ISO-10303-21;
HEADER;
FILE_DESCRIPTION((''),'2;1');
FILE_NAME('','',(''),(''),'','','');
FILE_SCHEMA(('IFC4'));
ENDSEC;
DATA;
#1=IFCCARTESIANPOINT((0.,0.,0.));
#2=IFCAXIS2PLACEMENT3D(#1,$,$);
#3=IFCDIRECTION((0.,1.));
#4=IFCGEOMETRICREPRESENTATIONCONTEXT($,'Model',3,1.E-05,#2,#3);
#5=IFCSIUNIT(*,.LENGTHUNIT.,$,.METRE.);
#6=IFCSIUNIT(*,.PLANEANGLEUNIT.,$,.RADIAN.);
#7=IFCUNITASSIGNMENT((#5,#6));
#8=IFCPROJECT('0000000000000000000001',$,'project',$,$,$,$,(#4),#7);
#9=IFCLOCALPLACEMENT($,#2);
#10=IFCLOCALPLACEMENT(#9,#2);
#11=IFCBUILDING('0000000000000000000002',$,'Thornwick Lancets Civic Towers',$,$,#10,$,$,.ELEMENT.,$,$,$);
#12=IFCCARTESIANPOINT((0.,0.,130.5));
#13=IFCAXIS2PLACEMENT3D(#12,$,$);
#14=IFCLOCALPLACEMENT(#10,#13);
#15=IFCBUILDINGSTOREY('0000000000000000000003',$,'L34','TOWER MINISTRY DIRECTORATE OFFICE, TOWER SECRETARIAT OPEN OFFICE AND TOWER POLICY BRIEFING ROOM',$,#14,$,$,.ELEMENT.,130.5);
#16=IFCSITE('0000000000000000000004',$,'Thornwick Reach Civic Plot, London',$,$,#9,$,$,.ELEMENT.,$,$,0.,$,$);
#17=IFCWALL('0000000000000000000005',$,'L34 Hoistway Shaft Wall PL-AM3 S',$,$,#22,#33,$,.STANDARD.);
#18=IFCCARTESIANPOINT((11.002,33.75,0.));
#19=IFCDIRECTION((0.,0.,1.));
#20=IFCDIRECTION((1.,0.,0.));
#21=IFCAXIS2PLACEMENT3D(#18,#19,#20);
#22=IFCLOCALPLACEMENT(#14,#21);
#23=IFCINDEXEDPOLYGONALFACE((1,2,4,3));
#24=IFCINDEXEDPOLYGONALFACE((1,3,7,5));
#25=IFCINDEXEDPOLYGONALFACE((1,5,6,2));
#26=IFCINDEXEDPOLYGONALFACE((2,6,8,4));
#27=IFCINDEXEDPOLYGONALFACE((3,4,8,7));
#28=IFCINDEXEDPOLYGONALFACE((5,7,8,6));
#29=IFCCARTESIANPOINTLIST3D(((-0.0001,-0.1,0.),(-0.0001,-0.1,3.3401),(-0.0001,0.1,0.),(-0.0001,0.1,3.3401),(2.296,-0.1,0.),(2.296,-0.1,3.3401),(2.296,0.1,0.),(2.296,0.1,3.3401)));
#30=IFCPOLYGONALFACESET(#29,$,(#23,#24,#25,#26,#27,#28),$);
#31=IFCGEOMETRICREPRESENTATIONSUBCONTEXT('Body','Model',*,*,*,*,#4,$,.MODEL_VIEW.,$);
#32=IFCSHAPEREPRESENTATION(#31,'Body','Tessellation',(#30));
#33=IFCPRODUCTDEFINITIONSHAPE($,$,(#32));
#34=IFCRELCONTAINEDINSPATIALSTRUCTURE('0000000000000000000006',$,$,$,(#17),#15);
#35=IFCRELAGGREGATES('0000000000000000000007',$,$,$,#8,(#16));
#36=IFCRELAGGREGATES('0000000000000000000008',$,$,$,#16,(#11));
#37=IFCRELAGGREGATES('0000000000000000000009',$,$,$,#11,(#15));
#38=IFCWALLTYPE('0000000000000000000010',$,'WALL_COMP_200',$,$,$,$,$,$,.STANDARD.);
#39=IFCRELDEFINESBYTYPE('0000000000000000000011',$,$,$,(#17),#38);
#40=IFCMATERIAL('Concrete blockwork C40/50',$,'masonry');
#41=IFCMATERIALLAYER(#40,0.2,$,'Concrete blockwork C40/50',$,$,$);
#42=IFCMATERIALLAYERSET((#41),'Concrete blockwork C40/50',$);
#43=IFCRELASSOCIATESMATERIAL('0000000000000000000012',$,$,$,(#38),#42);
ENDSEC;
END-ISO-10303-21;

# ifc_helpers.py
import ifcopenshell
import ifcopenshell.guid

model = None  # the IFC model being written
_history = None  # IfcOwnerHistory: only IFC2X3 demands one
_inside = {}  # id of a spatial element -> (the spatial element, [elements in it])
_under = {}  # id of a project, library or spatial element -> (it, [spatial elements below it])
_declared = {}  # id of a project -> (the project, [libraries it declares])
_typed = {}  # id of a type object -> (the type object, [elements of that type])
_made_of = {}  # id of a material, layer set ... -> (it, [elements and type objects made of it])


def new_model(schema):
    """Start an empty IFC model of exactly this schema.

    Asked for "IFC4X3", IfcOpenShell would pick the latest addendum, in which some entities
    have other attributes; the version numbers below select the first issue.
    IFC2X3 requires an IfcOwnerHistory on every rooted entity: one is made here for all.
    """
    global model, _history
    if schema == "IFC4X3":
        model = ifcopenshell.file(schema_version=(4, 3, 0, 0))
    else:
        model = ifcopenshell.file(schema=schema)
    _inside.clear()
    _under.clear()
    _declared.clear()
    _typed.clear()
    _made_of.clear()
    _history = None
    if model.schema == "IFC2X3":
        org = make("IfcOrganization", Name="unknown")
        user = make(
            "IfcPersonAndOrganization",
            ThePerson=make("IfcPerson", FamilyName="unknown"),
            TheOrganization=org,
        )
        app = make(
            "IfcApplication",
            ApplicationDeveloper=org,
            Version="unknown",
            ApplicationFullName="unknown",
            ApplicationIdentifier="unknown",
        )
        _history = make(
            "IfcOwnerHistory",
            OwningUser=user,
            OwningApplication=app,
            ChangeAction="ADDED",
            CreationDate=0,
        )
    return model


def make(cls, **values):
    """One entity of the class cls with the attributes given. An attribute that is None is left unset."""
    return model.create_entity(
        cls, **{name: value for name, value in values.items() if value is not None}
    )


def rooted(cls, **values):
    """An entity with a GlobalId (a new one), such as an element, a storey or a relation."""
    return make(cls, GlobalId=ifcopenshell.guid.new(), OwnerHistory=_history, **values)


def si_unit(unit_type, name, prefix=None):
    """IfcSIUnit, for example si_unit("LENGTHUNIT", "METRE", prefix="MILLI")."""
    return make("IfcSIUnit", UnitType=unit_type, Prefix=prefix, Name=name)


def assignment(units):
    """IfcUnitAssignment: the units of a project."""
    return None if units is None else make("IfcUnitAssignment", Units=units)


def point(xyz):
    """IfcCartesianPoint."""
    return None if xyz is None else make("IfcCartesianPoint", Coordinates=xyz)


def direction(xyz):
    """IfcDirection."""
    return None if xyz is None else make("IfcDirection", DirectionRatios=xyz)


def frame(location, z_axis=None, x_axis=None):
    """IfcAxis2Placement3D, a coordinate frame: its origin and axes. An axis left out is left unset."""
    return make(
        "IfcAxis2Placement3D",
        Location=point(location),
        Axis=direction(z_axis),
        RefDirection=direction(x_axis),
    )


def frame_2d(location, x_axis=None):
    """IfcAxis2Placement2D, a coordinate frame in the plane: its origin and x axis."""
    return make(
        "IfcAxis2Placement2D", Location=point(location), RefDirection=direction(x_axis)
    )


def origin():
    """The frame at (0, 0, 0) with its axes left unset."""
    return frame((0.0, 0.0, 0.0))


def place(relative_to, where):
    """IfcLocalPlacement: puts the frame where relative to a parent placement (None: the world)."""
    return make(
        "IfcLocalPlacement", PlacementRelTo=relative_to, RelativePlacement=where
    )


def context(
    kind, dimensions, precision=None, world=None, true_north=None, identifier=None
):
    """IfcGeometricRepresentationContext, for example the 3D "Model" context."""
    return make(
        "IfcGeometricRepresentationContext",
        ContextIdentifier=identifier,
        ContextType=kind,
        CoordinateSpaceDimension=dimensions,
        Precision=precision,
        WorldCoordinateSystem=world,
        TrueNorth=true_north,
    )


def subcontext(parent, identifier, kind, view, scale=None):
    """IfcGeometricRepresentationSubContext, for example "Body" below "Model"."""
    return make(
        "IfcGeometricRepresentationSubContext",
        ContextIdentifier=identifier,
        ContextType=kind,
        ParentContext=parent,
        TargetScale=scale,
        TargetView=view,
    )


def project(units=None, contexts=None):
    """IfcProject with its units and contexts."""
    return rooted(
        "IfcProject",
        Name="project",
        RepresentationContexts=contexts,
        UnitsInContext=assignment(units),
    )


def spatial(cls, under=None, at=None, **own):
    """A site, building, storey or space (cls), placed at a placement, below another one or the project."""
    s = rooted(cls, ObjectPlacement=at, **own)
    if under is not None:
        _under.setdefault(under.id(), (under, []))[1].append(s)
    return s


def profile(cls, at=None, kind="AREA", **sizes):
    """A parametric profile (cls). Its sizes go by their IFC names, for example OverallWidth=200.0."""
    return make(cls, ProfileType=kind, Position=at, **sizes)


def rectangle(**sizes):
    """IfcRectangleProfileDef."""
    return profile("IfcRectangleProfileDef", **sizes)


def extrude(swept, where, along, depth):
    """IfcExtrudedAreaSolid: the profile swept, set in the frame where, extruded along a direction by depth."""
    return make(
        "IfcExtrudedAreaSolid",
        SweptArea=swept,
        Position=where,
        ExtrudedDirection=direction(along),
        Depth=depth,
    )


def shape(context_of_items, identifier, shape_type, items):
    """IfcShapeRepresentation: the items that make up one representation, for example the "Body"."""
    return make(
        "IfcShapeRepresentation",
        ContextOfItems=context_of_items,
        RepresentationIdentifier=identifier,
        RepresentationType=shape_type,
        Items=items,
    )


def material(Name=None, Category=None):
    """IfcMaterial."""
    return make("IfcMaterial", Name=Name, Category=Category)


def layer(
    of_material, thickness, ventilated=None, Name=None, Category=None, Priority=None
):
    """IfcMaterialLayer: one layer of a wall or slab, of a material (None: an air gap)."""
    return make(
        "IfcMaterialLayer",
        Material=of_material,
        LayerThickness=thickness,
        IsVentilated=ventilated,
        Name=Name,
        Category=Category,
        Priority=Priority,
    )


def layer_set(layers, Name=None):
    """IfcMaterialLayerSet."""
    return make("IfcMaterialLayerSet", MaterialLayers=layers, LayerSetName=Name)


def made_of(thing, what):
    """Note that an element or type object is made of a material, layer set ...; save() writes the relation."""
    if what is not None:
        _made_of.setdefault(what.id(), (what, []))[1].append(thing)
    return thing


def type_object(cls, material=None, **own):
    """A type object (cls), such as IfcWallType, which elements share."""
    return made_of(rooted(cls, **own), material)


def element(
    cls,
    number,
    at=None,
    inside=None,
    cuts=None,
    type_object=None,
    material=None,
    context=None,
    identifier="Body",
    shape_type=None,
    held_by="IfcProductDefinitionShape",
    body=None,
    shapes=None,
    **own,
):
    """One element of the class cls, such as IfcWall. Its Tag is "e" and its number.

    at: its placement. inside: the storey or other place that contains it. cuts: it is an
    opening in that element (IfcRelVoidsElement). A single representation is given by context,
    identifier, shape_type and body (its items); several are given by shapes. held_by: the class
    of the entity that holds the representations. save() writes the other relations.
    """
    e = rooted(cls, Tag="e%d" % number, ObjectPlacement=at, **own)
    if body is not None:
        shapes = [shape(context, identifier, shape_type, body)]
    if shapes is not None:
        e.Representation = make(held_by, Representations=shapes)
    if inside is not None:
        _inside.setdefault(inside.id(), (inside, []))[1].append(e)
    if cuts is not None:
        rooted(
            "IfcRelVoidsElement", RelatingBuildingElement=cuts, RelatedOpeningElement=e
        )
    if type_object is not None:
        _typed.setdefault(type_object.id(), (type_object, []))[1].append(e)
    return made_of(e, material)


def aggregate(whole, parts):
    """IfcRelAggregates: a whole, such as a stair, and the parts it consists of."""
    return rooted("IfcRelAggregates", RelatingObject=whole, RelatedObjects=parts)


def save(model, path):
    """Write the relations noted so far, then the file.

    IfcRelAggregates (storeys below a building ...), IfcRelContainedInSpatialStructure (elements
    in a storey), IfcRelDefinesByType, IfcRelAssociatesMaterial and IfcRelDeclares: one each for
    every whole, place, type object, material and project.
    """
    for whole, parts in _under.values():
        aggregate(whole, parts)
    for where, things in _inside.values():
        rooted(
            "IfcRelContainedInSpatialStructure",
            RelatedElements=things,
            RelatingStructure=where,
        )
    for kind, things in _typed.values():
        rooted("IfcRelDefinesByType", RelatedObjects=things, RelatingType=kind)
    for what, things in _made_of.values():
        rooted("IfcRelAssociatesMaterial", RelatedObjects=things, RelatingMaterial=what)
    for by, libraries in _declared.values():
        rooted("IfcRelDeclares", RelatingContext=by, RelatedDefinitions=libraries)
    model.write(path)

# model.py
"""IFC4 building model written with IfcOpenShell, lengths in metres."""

from ifc_helpers import new_model, si_unit, direction, frame, frame_2d, origin, place, context, subcontext, project, spatial, rectangle, extrude, material, layer, layer_set, type_object, element, save


model = new_model("IFC4")

# Units and contexts
model_context = context("Model", 3, precision=1e-05, world=origin(), true_north=direction((0.0, 1.0)))
body_context = subcontext(model_context, "Body", "Model", "MODEL_VIEW")
ifc_project = project(units=[si_unit("LENGTHUNIT", "METRE"), si_unit("PLANEANGLEUNIT", "RADIAN")], contexts=[model_context])

# Site, building, storey
site_placement = place(None, origin())
site = spatial("IfcSite", under=ifc_project, at=site_placement, Name="Thornwick Reach Civic Plot, London", CompositionType="ELEMENT", RefElevation=0.0)
building_placement = place(site_placement, origin())
building = spatial("IfcBuilding", under=site, at=building_placement, Name="Thornwick Lancets Civic Towers", CompositionType="ELEMENT")
storey_placement = place(building_placement, frame((0.0, 0.0, 130.5)))
storey = spatial("IfcBuildingStorey", under=building, at=storey_placement, Name="L34", Description="TOWER MINISTRY DIRECTORATE OFFICE, TOWER SECRETARIAT OPEN OFFICE AND TOWER POLICY BRIEFING ROOM", CompositionType="ELEMENT", Elevation=130.5)

# Wall
ifc_material_1 = material(Name="Concrete blockwork C40/50", Category="masonry")
ifc_layer_1 = layer(ifc_material_1, 0.2, Name="Concrete blockwork C40/50")
ifc_layer_set_1 = layer_set([ifc_layer_1], Name="Concrete blockwork C40/50")
wall_type_1 = type_object("IfcWallType", Name="WALL_COMP_200", PredefinedType="STANDARD", material=ifc_layer_set_1)
wall_1_placement = place(storey_placement, frame((11.002, 33.75, 0.0), z_axis=(0.0, 0.0, 1.0), x_axis=(1.0, 0.0, 0.0)))
element("IfcWall", 1, at=wall_1_placement, inside=storey, type_object=wall_type_1, Name="L34 Hoistway Shaft Wall PL-AM3 S", PredefinedType="STANDARD", context=body_context, shape_type="SweptSolid", body=[
    extrude(rectangle(XDim=2.2961, YDim=0.2, at=frame_2d((1.1479, 0.0))), origin(), (0.0, 0.0, 1.0), 3.3401),
])

save(model, "model.ifc")
